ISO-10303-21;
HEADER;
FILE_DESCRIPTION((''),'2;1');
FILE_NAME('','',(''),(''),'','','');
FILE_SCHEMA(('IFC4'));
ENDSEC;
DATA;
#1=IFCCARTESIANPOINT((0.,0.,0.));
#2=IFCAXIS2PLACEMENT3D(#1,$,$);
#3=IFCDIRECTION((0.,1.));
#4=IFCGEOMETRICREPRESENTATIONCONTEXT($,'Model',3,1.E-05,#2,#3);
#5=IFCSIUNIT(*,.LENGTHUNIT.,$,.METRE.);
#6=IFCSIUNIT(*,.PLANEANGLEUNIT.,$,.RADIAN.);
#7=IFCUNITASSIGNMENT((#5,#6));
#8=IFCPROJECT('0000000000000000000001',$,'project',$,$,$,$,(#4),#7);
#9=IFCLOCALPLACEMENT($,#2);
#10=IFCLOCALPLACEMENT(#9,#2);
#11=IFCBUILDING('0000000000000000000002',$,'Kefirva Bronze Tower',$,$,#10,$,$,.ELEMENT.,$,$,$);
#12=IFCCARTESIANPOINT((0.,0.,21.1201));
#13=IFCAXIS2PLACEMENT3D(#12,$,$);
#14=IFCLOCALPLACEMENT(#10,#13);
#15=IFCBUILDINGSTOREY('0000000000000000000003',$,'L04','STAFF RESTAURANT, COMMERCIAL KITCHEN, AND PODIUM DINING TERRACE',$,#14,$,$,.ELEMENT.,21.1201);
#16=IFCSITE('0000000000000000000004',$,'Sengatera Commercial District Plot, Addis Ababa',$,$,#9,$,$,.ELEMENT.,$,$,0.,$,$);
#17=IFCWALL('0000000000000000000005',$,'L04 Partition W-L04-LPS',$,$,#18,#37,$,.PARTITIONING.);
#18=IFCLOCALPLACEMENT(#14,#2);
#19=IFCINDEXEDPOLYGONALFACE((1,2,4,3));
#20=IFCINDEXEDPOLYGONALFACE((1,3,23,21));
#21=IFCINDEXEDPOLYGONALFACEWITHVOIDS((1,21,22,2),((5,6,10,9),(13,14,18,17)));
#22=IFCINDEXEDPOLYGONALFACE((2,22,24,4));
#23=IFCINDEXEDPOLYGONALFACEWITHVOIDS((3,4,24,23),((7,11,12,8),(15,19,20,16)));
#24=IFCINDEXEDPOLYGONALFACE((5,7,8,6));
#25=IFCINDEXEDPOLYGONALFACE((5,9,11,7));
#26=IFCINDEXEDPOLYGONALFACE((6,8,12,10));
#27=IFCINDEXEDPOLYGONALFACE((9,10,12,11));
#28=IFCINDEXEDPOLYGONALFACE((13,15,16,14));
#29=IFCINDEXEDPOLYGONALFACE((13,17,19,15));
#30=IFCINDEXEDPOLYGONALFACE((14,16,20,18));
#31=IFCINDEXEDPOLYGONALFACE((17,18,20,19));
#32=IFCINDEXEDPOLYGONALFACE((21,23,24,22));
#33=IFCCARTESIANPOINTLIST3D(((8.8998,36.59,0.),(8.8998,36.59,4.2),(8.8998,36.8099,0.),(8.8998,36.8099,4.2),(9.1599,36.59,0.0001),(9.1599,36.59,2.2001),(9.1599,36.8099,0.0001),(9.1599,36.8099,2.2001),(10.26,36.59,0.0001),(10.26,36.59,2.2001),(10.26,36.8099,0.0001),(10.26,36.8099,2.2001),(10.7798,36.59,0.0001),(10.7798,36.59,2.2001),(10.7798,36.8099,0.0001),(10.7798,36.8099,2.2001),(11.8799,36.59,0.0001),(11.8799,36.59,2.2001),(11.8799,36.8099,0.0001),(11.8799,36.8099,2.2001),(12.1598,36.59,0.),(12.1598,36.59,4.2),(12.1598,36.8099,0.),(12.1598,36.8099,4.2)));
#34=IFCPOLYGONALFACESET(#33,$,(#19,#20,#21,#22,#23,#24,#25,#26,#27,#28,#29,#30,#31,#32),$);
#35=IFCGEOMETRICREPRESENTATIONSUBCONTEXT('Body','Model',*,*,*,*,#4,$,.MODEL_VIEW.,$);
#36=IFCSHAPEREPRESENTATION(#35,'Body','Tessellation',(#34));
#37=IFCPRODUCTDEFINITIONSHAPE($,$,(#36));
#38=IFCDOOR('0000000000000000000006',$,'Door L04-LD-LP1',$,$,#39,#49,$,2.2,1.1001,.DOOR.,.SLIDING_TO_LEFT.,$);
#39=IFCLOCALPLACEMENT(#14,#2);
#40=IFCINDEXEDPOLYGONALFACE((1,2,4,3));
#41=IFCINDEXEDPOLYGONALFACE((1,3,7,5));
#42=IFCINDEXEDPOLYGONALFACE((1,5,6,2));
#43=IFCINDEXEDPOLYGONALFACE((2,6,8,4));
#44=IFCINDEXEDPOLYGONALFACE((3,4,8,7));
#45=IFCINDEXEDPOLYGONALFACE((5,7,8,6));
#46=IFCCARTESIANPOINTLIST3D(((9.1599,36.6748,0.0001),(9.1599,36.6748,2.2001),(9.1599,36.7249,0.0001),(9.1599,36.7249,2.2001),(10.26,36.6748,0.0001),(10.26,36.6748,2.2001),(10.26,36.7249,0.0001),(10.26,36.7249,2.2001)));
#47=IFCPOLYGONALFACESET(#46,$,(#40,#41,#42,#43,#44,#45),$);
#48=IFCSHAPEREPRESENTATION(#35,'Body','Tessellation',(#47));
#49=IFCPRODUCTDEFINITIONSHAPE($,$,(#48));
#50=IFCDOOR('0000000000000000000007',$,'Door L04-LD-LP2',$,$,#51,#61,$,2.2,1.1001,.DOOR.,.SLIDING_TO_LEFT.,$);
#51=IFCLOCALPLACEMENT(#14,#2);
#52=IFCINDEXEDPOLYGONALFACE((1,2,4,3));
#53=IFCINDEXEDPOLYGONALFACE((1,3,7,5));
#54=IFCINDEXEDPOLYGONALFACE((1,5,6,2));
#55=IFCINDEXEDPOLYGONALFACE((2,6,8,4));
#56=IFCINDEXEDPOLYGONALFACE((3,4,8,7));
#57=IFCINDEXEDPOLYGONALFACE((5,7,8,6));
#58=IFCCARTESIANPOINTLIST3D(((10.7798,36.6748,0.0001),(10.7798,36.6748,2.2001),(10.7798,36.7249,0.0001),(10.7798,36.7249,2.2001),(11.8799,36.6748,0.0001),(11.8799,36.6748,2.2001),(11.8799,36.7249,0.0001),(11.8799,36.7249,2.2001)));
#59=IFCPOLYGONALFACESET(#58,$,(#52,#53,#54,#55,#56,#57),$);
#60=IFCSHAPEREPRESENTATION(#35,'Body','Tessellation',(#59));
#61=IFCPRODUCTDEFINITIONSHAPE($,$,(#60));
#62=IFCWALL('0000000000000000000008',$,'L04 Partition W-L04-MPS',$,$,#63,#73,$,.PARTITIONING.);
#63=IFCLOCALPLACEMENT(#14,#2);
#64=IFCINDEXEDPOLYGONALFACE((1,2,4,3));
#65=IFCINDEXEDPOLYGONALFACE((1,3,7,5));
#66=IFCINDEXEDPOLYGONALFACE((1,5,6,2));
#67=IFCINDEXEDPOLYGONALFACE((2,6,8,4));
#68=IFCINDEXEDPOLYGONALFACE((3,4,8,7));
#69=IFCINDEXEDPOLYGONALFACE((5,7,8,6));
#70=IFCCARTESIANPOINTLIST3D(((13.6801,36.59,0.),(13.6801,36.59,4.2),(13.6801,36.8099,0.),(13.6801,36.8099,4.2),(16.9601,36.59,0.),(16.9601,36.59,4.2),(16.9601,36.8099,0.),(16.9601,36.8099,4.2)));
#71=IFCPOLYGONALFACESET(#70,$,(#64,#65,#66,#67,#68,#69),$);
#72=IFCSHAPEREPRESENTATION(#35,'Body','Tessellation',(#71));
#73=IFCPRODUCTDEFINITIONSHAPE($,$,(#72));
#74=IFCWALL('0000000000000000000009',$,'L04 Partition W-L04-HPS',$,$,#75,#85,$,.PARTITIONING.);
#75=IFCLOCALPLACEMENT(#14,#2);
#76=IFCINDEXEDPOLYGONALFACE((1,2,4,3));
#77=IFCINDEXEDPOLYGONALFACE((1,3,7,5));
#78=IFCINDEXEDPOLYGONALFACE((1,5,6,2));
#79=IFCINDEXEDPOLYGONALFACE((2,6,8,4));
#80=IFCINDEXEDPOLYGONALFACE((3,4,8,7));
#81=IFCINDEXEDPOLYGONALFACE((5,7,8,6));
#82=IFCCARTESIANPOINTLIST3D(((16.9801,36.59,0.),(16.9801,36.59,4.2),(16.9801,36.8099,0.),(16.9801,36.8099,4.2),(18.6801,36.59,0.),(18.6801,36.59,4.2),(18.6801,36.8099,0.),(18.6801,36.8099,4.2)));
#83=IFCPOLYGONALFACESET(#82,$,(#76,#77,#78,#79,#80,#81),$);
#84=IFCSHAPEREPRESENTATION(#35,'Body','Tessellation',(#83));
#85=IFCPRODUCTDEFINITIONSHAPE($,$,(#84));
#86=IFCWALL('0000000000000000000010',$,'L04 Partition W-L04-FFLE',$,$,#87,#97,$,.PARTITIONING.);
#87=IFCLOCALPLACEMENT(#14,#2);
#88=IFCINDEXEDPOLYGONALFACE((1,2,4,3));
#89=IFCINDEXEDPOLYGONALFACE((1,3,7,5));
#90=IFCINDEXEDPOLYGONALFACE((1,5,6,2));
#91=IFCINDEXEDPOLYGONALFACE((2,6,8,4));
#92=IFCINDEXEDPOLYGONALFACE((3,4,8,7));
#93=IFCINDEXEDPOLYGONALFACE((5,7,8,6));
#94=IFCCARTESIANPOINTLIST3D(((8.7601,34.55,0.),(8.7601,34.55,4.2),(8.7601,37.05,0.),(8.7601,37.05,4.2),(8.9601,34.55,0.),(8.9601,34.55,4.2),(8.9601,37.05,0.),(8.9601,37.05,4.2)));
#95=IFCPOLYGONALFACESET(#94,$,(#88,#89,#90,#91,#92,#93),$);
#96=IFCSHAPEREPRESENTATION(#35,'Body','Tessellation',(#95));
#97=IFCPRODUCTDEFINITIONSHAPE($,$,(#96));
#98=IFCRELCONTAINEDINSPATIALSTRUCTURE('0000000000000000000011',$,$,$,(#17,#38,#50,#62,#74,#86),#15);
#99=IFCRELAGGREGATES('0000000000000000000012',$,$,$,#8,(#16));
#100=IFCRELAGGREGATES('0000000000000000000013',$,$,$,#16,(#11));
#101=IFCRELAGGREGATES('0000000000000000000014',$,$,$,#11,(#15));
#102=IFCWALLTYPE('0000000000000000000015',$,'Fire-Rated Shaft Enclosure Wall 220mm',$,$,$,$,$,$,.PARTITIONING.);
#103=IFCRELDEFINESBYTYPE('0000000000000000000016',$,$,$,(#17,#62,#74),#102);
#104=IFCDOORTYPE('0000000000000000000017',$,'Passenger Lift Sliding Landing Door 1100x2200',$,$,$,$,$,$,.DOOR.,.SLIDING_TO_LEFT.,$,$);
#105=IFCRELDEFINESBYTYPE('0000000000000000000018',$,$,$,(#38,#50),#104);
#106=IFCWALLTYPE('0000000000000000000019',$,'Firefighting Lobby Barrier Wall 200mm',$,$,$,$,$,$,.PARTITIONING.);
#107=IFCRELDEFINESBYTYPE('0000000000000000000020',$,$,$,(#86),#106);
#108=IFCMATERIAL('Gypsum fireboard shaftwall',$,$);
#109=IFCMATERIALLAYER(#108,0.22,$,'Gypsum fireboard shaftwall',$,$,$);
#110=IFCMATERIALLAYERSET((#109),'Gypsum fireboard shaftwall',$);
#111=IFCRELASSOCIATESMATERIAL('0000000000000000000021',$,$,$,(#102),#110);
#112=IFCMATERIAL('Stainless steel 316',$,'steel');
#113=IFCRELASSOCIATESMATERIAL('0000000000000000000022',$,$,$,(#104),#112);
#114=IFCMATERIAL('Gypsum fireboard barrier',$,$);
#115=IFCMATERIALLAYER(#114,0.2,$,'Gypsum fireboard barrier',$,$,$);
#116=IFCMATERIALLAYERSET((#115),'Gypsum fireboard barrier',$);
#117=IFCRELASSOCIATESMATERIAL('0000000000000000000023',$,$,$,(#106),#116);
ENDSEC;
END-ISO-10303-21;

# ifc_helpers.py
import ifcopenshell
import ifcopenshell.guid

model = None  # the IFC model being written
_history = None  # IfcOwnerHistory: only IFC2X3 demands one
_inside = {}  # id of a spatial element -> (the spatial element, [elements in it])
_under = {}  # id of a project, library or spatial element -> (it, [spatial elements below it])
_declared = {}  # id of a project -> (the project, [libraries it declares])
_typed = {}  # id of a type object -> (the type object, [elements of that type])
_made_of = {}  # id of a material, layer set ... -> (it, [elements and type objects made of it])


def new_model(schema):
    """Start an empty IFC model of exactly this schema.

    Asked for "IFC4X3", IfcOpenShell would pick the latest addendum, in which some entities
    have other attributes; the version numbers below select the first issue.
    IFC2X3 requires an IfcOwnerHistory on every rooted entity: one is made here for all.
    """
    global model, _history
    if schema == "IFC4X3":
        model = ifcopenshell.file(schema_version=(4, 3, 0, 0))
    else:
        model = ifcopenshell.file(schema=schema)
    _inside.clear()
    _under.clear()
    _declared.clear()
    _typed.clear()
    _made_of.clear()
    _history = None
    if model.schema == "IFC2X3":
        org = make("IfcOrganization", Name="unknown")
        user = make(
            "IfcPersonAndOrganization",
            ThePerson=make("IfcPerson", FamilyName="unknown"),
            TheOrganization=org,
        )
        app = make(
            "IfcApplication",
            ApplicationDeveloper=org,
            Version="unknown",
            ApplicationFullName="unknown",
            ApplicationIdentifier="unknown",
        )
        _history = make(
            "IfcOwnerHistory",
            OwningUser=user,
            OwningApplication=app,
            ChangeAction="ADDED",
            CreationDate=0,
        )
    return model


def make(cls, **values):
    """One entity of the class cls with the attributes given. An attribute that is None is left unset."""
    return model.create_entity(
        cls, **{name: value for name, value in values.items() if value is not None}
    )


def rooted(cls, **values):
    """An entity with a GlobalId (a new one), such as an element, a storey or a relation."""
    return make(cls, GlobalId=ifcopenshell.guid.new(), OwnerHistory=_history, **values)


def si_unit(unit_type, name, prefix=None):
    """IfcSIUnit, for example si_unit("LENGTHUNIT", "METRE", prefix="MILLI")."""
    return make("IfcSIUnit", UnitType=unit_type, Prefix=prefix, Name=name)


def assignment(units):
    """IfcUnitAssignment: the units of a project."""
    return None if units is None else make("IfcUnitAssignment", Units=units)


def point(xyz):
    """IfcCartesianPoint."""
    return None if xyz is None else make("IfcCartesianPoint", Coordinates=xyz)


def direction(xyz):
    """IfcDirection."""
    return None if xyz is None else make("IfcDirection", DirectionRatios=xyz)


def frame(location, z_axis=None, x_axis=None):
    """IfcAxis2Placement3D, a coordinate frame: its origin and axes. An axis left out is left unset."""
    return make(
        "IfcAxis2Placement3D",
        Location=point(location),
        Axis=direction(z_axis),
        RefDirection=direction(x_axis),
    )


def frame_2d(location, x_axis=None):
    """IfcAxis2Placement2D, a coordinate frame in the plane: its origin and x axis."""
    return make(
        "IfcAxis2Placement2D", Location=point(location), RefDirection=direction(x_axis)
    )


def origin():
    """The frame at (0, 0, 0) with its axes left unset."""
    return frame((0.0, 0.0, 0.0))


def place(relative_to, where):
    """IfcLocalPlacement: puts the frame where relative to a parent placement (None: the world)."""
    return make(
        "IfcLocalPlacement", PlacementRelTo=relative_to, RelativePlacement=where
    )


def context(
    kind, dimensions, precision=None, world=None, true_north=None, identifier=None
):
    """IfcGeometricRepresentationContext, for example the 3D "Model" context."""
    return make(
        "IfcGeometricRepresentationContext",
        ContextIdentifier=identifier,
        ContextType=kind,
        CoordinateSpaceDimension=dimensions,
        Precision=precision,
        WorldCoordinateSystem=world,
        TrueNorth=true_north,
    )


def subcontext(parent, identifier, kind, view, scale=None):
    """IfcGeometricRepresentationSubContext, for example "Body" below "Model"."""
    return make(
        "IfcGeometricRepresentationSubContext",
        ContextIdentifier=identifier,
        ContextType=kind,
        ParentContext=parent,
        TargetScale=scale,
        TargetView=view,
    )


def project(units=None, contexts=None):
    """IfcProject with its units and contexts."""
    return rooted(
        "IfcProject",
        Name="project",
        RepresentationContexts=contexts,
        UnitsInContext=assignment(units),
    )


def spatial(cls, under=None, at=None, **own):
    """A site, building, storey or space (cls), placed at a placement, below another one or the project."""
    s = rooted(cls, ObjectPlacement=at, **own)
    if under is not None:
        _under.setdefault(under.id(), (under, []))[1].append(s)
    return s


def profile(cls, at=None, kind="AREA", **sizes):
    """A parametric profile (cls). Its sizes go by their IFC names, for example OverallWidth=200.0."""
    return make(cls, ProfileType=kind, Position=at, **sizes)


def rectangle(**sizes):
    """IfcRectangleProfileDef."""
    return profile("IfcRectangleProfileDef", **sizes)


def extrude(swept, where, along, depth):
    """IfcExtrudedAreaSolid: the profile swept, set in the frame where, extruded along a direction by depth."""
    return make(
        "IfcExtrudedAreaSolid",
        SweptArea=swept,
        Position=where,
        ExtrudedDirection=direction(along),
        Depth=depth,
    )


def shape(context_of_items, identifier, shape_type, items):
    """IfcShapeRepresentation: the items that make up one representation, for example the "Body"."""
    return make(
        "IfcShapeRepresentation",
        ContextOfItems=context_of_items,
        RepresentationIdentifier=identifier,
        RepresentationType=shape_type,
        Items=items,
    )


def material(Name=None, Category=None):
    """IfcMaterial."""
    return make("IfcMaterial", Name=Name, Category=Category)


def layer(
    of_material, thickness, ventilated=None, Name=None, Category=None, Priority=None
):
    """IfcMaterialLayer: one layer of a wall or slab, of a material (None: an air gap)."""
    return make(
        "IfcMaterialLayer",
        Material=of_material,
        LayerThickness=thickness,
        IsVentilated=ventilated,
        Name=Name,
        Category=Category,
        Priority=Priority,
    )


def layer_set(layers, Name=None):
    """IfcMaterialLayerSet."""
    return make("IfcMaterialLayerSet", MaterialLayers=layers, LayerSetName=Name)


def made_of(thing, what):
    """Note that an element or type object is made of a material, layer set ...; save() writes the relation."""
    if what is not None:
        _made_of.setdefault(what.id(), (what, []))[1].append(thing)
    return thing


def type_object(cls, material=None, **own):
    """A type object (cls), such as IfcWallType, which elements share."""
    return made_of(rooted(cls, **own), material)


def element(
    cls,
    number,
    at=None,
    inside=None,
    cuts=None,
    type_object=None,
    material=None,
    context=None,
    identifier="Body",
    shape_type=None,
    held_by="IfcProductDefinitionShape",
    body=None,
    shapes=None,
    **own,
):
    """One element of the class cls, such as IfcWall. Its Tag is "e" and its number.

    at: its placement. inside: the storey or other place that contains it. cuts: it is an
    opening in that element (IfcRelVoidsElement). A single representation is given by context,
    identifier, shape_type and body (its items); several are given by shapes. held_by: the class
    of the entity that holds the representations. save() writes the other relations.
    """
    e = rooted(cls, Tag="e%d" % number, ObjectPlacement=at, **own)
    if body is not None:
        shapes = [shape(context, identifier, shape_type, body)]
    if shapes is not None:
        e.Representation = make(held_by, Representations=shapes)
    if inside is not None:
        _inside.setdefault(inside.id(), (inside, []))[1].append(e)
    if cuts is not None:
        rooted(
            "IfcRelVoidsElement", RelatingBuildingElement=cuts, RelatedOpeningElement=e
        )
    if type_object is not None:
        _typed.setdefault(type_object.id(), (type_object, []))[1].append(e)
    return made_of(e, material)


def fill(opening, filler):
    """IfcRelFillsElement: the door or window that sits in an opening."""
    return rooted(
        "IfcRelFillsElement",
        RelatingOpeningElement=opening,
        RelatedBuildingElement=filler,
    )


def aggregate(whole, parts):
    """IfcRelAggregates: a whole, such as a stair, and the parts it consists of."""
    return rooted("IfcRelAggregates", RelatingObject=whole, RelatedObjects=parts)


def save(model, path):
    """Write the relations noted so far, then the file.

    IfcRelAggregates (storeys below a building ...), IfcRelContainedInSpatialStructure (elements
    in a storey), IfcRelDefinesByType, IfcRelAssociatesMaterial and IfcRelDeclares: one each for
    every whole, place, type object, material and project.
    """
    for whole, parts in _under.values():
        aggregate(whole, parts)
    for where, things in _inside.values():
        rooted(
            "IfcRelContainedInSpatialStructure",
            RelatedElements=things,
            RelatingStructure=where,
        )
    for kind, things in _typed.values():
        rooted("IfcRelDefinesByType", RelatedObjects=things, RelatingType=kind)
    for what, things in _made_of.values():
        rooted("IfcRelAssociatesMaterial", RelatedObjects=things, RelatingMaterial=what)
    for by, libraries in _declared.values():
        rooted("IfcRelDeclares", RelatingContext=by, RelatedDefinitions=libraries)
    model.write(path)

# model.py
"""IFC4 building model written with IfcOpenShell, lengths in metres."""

from ifc_helpers import new_model, si_unit, direction, frame, frame_2d, origin, place, context, subcontext, project, spatial, rectangle, extrude, material, layer, layer_set, type_object, element, fill, save


model = new_model("IFC4")

# Units and contexts
model_context = context("Model", 3, precision=1e-05, world=origin(), true_north=direction((0.0, 1.0)))
body_context = subcontext(model_context, "Body", "Model", "MODEL_VIEW")
ifc_project = project(units=[si_unit("LENGTHUNIT", "METRE"), si_unit("PLANEANGLEUNIT", "RADIAN")], contexts=[model_context])

# Site, building, storey
site_placement = place(None, origin())
site = spatial("IfcSite", under=ifc_project, at=site_placement, Name="Sengatera Commercial District Plot, Addis Ababa", CompositionType="ELEMENT", RefElevation=0.0)
building_placement = place(site_placement, origin())
building = spatial("IfcBuilding", under=site, at=building_placement, Name="Kefirva Bronze Tower", CompositionType="ELEMENT")
storey_placement = place(building_placement, frame((0.0, 0.0, 21.1201)))
storey = spatial("IfcBuildingStorey", under=building, at=storey_placement, Name="L04", Description="STAFF RESTAURANT, COMMERCIAL KITCHEN, AND PODIUM DINING TERRACE", CompositionType="ELEMENT", Elevation=21.1201)

# Shared definitions
ifc_material_1 = material(Name="Gypsum fireboard shaftwall")
ifc_layer_1 = layer(ifc_material_1, 0.22, Name="Gypsum fireboard shaftwall")
ifc_layer_set_1 = layer_set([ifc_layer_1], Name="Gypsum fireboard shaftwall")
wall_type_1 = type_object("IfcWallType", Name="Fire-Rated Shaft Enclosure Wall 220mm", PredefinedType="PARTITIONING", material=ifc_layer_set_1)

# Wall, openings, doors
wall_1_placement = place(storey_placement, frame((8.8999, 36.7, 0.0), z_axis=(0.0, 0.0, 1.0), x_axis=(1.0, 0.0, 0.0)))
wall_1 = element("IfcWall", 1, at=wall_1_placement, inside=storey, type_object=wall_type_1, Name="L04 Partition W-L04-LPS", PredefinedType="PARTITIONING", context=body_context, shape_type="SweptSolid", body=[
    extrude(rectangle(XDim=3.26, YDim=0.22, at=frame_2d((1.6299, 0.0))), origin(), (0.0, 0.0, 1.0), 4.2),
])
opening_1_placement = place(wall_1_placement, frame((0.26, 0.0, 0.0)))
opening_1 = element("IfcOpeningElement", 2, at=opening_1_placement, cuts=wall_1, PredefinedType="OPENING", context=body_context, shape_type="SweptSolid", body=[
    extrude(rectangle(XDim=1.1001, YDim=2.2, at=frame_2d((0.55, 1.1001))), frame((0.0, 0.1201, 0.0), z_axis=(0.0, -1.0, 0.0), x_axis=(1.0, 0.0, 0.0)), (0.0, 0.0, 1.0), 0.24),
])
opening_2_placement = place(wall_1_placement, frame((1.8799, 0.0, 0.0)))
opening_2 = element("IfcOpeningElement", 3, at=opening_2_placement, cuts=wall_1, PredefinedType="OPENING", context=body_context, shape_type="SweptSolid", body=[
    extrude(rectangle(XDim=1.1001, YDim=2.2, at=frame_2d((0.55, 1.1001))), frame((0.0, 0.1201, 0.0), z_axis=(0.0, -1.0, 0.0), x_axis=(1.0, 0.0, 0.0)), (0.0, 0.0, 1.0), 0.24),
])
ifc_material_2 = material(Name="Stainless steel 316", Category="steel")
door_type_1 = type_object("IfcDoorType", Name="Passenger Lift Sliding Landing Door 1100x2200", OperationType="SLIDING_TO_LEFT", PredefinedType="DOOR", material=ifc_material_2)
door_1_placement = place(opening_1_placement, origin())
door_1 = element("IfcDoor", 4, at=door_1_placement, inside=storey, type_object=door_type_1, Name="Door L04-LD-LP1", OperationType="SLIDING_TO_LEFT", OverallHeight=2.2, OverallWidth=1.1001, PredefinedType="DOOR", context=body_context, shape_type="SweptSolid", body=[
    extrude(rectangle(XDim=1.1001, YDim=2.2, at=frame_2d((0.55, 1.1001))), frame((0.0, 0.0249, 0.0), z_axis=(0.0, -1.0, 0.0), x_axis=(1.0, 0.0, 0.0)), (0.0, 0.0, 1.0), 0.05),
])
fill(opening_1, door_1)
door_2_placement = place(opening_2_placement, origin())
door_2 = element("IfcDoor", 5, at=door_2_placement, inside=storey, type_object=door_type_1, Name="Door L04-LD-LP2", OperationType="SLIDING_TO_LEFT", OverallHeight=2.2, OverallWidth=1.1001, PredefinedType="DOOR", context=body_context, shape_type="SweptSolid", body=[
    extrude(rectangle(XDim=1.1001, YDim=2.2, at=frame_2d((0.55, 1.1001))), frame((0.0, 0.0249, 0.0), z_axis=(0.0, -1.0, 0.0), x_axis=(1.0, 0.0, 0.0)), (0.0, 0.0, 1.0), 0.05),
])
fill(opening_2, door_2)

# Walls
wall_2_placement = place(storey_placement, frame((13.6799, 36.7, 0.0), z_axis=(0.0, 0.0, 1.0), x_axis=(1.0, 0.0, 0.0)))
element("IfcWall", 6, at=wall_2_placement, inside=storey, type_object=wall_type_1, Name="L04 Partition W-L04-MPS", PredefinedType="PARTITIONING", context=body_context, shape_type="SweptSolid", body=[
    extrude(rectangle(XDim=3.28, YDim=0.22, at=frame_2d((1.6401, 0.0))), origin(), (0.0, 0.0, 1.0), 4.2),
])
wall_3_placement = place(storey_placement, frame((16.98, 36.7, 0.0), z_axis=(0.0, 0.0, 1.0), x_axis=(1.0, 0.0, 0.0)))
element("IfcWall", 7, at=wall_3_placement, inside=storey, type_object=wall_type_1, Name="L04 Partition W-L04-HPS", PredefinedType="PARTITIONING", context=body_context, shape_type="SweptSolid", body=[
    extrude(rectangle(XDim=1.7, YDim=0.22, at=frame_2d((0.8501, 0.0))), origin(), (0.0, 0.0, 1.0), 4.2),
])
ifc_material_3 = material(Name="Gypsum fireboard barrier")
ifc_layer_2 = layer(ifc_material_3, 0.2, Name="Gypsum fireboard barrier")
ifc_layer_set_2 = layer_set([ifc_layer_2], Name="Gypsum fireboard barrier")
wall_type_2 = type_object("IfcWallType", Name="Firefighting Lobby Barrier Wall 200mm", PredefinedType="PARTITIONING", material=ifc_layer_set_2)
wall_4_placement = place(storey_placement, frame((8.8601, 34.55, 0.0), z_axis=(0.0, 0.0, 1.0), x_axis=(0.0, 1.0, 0.0)))
element("IfcWall", 8, at=wall_4_placement, inside=storey, type_object=wall_type_2, Name="L04 Partition W-L04-FFLE", PredefinedType="PARTITIONING", context=body_context, shape_type="SweptSolid", body=[
    extrude(rectangle(XDim=2.5, YDim=0.2, at=frame_2d((1.25, 0.0))), origin(), (0.0, 0.0, 1.0), 4.2),
])

save(model, "model.ifc")
